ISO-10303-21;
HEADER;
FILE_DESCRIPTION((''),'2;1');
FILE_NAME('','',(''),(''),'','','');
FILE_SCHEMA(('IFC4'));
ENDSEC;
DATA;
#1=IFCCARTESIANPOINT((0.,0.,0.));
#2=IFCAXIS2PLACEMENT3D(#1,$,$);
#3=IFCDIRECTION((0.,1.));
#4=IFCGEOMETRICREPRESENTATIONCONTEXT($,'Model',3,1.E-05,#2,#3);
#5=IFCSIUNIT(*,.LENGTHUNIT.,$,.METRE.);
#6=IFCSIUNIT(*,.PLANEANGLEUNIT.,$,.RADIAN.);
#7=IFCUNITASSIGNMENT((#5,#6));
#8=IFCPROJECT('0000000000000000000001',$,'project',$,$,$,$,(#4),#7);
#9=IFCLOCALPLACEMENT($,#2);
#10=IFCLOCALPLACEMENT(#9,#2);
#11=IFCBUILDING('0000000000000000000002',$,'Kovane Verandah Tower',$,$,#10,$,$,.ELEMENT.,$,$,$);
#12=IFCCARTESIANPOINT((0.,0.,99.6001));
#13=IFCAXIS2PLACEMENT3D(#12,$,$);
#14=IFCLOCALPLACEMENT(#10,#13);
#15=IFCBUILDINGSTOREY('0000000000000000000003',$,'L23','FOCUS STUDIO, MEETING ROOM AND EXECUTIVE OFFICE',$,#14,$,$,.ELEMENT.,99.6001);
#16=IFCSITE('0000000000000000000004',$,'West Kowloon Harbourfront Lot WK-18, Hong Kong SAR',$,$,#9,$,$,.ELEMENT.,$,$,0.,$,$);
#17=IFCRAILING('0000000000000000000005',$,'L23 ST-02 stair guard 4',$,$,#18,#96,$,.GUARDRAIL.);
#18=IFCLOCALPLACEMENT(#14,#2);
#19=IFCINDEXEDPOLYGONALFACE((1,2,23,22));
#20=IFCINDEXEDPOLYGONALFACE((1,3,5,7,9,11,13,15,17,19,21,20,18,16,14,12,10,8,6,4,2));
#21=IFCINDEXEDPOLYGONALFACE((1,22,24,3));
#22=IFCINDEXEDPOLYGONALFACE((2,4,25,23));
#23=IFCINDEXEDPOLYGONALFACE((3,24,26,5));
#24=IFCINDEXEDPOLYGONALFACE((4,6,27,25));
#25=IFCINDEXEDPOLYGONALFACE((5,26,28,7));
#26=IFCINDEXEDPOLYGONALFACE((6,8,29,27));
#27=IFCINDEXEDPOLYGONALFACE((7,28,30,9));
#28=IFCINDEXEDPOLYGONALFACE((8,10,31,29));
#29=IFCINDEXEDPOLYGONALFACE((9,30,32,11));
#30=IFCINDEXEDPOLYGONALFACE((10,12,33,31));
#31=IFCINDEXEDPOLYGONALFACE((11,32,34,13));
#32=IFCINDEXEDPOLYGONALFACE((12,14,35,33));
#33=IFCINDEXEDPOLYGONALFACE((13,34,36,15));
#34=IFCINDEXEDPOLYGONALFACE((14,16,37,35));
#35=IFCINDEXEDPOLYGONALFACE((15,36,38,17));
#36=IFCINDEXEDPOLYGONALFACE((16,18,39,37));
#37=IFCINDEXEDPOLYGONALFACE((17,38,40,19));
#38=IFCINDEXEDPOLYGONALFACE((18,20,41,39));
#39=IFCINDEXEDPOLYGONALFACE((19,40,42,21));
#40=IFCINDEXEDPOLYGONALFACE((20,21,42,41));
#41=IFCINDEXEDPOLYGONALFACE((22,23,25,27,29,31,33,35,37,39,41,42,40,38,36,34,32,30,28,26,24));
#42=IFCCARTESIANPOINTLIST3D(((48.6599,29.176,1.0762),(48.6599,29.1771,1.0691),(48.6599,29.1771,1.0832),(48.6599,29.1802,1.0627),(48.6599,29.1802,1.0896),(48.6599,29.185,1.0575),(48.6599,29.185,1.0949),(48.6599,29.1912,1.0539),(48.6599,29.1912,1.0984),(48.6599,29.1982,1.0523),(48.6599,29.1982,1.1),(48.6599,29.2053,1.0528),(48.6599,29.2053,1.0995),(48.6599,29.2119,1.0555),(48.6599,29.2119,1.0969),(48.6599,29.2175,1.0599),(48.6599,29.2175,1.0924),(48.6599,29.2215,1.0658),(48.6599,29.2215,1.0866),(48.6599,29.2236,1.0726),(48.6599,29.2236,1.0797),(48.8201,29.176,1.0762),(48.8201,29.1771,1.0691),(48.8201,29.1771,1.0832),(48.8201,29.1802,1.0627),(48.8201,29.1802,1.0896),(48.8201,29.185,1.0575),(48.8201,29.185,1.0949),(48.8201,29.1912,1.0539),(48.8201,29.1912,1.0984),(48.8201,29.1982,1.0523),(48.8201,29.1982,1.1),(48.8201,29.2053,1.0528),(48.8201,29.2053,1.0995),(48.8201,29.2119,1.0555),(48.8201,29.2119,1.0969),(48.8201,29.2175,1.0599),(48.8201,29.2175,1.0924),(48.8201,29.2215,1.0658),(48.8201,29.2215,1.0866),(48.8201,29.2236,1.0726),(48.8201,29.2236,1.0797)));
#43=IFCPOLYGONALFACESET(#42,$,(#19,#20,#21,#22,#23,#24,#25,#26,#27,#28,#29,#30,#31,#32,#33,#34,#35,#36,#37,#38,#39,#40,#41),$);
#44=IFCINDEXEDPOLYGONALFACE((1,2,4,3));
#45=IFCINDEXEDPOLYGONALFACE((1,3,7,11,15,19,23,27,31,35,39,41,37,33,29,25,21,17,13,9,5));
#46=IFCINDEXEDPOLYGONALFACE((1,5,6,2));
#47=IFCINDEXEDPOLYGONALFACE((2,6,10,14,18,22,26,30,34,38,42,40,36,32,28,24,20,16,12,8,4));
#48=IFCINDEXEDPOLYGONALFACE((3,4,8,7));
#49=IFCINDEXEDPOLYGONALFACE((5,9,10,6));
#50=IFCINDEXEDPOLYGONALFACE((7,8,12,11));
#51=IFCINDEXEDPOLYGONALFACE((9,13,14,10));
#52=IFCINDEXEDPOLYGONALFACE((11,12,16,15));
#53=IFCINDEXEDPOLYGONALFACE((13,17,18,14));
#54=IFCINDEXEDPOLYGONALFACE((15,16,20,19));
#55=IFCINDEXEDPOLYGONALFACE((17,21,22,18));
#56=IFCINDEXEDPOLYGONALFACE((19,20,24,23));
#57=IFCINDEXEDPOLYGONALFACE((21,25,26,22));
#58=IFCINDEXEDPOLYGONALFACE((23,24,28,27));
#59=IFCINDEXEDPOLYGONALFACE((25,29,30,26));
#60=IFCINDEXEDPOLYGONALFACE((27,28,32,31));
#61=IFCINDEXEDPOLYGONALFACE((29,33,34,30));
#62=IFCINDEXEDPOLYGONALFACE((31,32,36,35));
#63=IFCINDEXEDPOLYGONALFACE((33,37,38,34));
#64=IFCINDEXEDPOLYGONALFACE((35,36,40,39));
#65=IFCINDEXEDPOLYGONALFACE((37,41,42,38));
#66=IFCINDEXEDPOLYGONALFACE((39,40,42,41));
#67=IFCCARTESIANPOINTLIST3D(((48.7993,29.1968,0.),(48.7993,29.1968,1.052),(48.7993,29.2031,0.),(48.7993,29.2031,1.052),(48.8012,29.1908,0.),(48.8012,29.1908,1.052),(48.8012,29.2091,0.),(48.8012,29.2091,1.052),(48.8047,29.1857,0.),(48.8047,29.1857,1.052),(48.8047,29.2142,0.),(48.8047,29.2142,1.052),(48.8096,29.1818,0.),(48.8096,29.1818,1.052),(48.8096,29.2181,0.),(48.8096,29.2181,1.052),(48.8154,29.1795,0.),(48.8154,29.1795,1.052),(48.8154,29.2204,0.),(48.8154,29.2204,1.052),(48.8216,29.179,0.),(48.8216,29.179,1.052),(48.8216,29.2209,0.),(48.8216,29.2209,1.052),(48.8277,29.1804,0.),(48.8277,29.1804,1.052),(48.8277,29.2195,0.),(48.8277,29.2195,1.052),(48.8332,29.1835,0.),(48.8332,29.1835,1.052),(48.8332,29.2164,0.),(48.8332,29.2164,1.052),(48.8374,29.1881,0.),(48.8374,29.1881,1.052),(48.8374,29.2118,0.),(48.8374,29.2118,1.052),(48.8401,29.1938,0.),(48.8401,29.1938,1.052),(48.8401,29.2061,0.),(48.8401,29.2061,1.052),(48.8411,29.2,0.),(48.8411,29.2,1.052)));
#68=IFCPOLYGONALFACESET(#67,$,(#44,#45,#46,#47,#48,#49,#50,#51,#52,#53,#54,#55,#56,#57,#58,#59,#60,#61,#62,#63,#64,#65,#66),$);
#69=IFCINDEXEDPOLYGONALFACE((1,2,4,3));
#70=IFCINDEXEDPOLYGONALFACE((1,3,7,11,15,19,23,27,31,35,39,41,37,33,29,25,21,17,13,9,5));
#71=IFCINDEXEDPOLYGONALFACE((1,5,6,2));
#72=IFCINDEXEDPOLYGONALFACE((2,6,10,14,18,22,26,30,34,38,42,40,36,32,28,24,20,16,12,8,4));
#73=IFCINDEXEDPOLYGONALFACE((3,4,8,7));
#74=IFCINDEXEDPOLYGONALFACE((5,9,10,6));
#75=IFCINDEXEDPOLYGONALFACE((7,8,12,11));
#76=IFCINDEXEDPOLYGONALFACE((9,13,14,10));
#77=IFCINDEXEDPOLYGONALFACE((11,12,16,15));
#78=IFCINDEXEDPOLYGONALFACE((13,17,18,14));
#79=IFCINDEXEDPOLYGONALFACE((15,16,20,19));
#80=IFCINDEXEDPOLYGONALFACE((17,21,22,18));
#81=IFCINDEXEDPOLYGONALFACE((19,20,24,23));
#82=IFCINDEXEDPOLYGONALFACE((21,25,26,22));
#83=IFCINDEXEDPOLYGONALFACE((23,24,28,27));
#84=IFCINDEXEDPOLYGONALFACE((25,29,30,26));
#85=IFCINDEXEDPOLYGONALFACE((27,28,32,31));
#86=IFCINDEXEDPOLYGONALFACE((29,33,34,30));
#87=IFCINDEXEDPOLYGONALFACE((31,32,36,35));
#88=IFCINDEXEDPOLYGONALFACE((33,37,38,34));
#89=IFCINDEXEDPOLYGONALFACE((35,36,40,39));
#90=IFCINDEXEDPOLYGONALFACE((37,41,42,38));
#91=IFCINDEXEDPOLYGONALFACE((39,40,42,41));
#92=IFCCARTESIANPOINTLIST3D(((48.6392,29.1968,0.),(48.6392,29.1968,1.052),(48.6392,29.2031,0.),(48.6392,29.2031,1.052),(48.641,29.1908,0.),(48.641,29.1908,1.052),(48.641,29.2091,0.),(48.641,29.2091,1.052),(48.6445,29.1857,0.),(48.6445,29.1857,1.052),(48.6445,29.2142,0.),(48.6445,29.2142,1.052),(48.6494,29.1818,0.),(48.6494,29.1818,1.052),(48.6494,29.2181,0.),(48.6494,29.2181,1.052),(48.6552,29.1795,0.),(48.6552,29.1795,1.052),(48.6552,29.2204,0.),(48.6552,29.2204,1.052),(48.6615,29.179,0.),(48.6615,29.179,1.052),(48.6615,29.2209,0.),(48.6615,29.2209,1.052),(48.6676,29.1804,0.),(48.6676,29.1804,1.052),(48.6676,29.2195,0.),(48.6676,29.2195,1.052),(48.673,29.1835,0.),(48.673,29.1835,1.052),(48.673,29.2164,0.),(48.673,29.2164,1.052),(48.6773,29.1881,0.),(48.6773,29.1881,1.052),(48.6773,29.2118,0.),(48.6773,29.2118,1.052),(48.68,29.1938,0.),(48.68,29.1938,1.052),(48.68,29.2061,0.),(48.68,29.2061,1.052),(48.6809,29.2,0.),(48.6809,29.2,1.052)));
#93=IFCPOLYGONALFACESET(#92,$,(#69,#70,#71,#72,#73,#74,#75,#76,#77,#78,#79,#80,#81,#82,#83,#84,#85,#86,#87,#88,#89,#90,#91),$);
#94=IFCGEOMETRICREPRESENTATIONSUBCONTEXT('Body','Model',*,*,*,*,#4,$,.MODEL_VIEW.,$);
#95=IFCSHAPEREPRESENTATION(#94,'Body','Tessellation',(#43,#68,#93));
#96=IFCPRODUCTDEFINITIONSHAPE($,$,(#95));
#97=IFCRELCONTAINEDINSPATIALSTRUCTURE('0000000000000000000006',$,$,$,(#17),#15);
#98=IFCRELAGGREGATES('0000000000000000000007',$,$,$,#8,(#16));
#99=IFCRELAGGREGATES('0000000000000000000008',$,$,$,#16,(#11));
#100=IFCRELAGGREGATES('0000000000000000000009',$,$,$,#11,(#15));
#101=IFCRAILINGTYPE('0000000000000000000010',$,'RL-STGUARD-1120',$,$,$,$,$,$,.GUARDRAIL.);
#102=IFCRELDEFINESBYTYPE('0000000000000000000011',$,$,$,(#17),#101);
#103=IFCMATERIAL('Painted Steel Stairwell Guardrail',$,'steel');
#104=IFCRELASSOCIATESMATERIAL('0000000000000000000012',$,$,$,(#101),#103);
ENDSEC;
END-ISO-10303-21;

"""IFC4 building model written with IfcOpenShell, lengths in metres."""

from ifc_helpers import new_model, si_unit, direction, frame, origin, origin_2d, place, context, subcontext, project, spatial, circle, extrude, material, type_object, element, save


model = new_model("IFC4")

# Units and contexts
model_context = context("Model", 3, precision=1e-05, world=origin(), true_north=direction((0.0, 1.0)))
body_context = subcontext(model_context, "Body", "Model", "MODEL_VIEW")
ifc_project = project(units=[si_unit("LENGTHUNIT", "METRE"), si_unit("PLANEANGLEUNIT", "RADIAN")], contexts=[model_context])

# Site, building, storey
site_placement = place(None, origin())
site = spatial("IfcSite", under=ifc_project, at=site_placement, Name="West Kowloon Harbourfront Lot WK-18, Hong Kong SAR", CompositionType="ELEMENT", RefElevation=0.0)
building_placement = place(site_placement, origin())
building = spatial("IfcBuilding", under=site, at=building_placement, Name="Kovane Verandah Tower", CompositionType="ELEMENT")
storey_placement = place(building_placement, frame((0.0, 0.0, 99.6001)))
storey = spatial("IfcBuildingStorey", under=building, at=storey_placement, Name="L23", Description="FOCUS STUDIO, MEETING ROOM AND EXECUTIVE OFFICE", CompositionType="ELEMENT", Elevation=99.6001)

# Railing
ifc_material_1 = material(Name="Painted Steel Stairwell Guardrail", Category="steel")
railing_type_1 = type_object("IfcRailingType", Name="RL-STGUARD-1120", PredefinedType="GUARDRAIL", material=ifc_material_1)
railing_1_placement = place(storey_placement, frame((48.8201, 29.2, 0.0)))
element("IfcRailing", 1, at=railing_1_placement, inside=storey, type_object=railing_type_1, Name="L23 ST-02 stair guard 4", PredefinedType="GUARDRAIL", context=body_context, shape_type="SweptSolid", body=[
    extrude(circle(Radius=0.0239, at=origin_2d()), frame((0.0, 0.0, 1.0762), z_axis=(-1.0, 0.0, 0.0), x_axis=(0.0, -1.0, 0.0)), (0.0, 0.0, 1.0), 0.1602),
    extrude(circle(Radius=0.021, at=origin_2d()), origin(), (0.0, 0.0, 1.0), 1.052),
    extrude(circle(Radius=0.021, at=origin_2d()), frame((-0.1602, 0.0, 0.0)), (0.0, 0.0, 1.0), 1.052),
])

save(model, "model.ifc")
